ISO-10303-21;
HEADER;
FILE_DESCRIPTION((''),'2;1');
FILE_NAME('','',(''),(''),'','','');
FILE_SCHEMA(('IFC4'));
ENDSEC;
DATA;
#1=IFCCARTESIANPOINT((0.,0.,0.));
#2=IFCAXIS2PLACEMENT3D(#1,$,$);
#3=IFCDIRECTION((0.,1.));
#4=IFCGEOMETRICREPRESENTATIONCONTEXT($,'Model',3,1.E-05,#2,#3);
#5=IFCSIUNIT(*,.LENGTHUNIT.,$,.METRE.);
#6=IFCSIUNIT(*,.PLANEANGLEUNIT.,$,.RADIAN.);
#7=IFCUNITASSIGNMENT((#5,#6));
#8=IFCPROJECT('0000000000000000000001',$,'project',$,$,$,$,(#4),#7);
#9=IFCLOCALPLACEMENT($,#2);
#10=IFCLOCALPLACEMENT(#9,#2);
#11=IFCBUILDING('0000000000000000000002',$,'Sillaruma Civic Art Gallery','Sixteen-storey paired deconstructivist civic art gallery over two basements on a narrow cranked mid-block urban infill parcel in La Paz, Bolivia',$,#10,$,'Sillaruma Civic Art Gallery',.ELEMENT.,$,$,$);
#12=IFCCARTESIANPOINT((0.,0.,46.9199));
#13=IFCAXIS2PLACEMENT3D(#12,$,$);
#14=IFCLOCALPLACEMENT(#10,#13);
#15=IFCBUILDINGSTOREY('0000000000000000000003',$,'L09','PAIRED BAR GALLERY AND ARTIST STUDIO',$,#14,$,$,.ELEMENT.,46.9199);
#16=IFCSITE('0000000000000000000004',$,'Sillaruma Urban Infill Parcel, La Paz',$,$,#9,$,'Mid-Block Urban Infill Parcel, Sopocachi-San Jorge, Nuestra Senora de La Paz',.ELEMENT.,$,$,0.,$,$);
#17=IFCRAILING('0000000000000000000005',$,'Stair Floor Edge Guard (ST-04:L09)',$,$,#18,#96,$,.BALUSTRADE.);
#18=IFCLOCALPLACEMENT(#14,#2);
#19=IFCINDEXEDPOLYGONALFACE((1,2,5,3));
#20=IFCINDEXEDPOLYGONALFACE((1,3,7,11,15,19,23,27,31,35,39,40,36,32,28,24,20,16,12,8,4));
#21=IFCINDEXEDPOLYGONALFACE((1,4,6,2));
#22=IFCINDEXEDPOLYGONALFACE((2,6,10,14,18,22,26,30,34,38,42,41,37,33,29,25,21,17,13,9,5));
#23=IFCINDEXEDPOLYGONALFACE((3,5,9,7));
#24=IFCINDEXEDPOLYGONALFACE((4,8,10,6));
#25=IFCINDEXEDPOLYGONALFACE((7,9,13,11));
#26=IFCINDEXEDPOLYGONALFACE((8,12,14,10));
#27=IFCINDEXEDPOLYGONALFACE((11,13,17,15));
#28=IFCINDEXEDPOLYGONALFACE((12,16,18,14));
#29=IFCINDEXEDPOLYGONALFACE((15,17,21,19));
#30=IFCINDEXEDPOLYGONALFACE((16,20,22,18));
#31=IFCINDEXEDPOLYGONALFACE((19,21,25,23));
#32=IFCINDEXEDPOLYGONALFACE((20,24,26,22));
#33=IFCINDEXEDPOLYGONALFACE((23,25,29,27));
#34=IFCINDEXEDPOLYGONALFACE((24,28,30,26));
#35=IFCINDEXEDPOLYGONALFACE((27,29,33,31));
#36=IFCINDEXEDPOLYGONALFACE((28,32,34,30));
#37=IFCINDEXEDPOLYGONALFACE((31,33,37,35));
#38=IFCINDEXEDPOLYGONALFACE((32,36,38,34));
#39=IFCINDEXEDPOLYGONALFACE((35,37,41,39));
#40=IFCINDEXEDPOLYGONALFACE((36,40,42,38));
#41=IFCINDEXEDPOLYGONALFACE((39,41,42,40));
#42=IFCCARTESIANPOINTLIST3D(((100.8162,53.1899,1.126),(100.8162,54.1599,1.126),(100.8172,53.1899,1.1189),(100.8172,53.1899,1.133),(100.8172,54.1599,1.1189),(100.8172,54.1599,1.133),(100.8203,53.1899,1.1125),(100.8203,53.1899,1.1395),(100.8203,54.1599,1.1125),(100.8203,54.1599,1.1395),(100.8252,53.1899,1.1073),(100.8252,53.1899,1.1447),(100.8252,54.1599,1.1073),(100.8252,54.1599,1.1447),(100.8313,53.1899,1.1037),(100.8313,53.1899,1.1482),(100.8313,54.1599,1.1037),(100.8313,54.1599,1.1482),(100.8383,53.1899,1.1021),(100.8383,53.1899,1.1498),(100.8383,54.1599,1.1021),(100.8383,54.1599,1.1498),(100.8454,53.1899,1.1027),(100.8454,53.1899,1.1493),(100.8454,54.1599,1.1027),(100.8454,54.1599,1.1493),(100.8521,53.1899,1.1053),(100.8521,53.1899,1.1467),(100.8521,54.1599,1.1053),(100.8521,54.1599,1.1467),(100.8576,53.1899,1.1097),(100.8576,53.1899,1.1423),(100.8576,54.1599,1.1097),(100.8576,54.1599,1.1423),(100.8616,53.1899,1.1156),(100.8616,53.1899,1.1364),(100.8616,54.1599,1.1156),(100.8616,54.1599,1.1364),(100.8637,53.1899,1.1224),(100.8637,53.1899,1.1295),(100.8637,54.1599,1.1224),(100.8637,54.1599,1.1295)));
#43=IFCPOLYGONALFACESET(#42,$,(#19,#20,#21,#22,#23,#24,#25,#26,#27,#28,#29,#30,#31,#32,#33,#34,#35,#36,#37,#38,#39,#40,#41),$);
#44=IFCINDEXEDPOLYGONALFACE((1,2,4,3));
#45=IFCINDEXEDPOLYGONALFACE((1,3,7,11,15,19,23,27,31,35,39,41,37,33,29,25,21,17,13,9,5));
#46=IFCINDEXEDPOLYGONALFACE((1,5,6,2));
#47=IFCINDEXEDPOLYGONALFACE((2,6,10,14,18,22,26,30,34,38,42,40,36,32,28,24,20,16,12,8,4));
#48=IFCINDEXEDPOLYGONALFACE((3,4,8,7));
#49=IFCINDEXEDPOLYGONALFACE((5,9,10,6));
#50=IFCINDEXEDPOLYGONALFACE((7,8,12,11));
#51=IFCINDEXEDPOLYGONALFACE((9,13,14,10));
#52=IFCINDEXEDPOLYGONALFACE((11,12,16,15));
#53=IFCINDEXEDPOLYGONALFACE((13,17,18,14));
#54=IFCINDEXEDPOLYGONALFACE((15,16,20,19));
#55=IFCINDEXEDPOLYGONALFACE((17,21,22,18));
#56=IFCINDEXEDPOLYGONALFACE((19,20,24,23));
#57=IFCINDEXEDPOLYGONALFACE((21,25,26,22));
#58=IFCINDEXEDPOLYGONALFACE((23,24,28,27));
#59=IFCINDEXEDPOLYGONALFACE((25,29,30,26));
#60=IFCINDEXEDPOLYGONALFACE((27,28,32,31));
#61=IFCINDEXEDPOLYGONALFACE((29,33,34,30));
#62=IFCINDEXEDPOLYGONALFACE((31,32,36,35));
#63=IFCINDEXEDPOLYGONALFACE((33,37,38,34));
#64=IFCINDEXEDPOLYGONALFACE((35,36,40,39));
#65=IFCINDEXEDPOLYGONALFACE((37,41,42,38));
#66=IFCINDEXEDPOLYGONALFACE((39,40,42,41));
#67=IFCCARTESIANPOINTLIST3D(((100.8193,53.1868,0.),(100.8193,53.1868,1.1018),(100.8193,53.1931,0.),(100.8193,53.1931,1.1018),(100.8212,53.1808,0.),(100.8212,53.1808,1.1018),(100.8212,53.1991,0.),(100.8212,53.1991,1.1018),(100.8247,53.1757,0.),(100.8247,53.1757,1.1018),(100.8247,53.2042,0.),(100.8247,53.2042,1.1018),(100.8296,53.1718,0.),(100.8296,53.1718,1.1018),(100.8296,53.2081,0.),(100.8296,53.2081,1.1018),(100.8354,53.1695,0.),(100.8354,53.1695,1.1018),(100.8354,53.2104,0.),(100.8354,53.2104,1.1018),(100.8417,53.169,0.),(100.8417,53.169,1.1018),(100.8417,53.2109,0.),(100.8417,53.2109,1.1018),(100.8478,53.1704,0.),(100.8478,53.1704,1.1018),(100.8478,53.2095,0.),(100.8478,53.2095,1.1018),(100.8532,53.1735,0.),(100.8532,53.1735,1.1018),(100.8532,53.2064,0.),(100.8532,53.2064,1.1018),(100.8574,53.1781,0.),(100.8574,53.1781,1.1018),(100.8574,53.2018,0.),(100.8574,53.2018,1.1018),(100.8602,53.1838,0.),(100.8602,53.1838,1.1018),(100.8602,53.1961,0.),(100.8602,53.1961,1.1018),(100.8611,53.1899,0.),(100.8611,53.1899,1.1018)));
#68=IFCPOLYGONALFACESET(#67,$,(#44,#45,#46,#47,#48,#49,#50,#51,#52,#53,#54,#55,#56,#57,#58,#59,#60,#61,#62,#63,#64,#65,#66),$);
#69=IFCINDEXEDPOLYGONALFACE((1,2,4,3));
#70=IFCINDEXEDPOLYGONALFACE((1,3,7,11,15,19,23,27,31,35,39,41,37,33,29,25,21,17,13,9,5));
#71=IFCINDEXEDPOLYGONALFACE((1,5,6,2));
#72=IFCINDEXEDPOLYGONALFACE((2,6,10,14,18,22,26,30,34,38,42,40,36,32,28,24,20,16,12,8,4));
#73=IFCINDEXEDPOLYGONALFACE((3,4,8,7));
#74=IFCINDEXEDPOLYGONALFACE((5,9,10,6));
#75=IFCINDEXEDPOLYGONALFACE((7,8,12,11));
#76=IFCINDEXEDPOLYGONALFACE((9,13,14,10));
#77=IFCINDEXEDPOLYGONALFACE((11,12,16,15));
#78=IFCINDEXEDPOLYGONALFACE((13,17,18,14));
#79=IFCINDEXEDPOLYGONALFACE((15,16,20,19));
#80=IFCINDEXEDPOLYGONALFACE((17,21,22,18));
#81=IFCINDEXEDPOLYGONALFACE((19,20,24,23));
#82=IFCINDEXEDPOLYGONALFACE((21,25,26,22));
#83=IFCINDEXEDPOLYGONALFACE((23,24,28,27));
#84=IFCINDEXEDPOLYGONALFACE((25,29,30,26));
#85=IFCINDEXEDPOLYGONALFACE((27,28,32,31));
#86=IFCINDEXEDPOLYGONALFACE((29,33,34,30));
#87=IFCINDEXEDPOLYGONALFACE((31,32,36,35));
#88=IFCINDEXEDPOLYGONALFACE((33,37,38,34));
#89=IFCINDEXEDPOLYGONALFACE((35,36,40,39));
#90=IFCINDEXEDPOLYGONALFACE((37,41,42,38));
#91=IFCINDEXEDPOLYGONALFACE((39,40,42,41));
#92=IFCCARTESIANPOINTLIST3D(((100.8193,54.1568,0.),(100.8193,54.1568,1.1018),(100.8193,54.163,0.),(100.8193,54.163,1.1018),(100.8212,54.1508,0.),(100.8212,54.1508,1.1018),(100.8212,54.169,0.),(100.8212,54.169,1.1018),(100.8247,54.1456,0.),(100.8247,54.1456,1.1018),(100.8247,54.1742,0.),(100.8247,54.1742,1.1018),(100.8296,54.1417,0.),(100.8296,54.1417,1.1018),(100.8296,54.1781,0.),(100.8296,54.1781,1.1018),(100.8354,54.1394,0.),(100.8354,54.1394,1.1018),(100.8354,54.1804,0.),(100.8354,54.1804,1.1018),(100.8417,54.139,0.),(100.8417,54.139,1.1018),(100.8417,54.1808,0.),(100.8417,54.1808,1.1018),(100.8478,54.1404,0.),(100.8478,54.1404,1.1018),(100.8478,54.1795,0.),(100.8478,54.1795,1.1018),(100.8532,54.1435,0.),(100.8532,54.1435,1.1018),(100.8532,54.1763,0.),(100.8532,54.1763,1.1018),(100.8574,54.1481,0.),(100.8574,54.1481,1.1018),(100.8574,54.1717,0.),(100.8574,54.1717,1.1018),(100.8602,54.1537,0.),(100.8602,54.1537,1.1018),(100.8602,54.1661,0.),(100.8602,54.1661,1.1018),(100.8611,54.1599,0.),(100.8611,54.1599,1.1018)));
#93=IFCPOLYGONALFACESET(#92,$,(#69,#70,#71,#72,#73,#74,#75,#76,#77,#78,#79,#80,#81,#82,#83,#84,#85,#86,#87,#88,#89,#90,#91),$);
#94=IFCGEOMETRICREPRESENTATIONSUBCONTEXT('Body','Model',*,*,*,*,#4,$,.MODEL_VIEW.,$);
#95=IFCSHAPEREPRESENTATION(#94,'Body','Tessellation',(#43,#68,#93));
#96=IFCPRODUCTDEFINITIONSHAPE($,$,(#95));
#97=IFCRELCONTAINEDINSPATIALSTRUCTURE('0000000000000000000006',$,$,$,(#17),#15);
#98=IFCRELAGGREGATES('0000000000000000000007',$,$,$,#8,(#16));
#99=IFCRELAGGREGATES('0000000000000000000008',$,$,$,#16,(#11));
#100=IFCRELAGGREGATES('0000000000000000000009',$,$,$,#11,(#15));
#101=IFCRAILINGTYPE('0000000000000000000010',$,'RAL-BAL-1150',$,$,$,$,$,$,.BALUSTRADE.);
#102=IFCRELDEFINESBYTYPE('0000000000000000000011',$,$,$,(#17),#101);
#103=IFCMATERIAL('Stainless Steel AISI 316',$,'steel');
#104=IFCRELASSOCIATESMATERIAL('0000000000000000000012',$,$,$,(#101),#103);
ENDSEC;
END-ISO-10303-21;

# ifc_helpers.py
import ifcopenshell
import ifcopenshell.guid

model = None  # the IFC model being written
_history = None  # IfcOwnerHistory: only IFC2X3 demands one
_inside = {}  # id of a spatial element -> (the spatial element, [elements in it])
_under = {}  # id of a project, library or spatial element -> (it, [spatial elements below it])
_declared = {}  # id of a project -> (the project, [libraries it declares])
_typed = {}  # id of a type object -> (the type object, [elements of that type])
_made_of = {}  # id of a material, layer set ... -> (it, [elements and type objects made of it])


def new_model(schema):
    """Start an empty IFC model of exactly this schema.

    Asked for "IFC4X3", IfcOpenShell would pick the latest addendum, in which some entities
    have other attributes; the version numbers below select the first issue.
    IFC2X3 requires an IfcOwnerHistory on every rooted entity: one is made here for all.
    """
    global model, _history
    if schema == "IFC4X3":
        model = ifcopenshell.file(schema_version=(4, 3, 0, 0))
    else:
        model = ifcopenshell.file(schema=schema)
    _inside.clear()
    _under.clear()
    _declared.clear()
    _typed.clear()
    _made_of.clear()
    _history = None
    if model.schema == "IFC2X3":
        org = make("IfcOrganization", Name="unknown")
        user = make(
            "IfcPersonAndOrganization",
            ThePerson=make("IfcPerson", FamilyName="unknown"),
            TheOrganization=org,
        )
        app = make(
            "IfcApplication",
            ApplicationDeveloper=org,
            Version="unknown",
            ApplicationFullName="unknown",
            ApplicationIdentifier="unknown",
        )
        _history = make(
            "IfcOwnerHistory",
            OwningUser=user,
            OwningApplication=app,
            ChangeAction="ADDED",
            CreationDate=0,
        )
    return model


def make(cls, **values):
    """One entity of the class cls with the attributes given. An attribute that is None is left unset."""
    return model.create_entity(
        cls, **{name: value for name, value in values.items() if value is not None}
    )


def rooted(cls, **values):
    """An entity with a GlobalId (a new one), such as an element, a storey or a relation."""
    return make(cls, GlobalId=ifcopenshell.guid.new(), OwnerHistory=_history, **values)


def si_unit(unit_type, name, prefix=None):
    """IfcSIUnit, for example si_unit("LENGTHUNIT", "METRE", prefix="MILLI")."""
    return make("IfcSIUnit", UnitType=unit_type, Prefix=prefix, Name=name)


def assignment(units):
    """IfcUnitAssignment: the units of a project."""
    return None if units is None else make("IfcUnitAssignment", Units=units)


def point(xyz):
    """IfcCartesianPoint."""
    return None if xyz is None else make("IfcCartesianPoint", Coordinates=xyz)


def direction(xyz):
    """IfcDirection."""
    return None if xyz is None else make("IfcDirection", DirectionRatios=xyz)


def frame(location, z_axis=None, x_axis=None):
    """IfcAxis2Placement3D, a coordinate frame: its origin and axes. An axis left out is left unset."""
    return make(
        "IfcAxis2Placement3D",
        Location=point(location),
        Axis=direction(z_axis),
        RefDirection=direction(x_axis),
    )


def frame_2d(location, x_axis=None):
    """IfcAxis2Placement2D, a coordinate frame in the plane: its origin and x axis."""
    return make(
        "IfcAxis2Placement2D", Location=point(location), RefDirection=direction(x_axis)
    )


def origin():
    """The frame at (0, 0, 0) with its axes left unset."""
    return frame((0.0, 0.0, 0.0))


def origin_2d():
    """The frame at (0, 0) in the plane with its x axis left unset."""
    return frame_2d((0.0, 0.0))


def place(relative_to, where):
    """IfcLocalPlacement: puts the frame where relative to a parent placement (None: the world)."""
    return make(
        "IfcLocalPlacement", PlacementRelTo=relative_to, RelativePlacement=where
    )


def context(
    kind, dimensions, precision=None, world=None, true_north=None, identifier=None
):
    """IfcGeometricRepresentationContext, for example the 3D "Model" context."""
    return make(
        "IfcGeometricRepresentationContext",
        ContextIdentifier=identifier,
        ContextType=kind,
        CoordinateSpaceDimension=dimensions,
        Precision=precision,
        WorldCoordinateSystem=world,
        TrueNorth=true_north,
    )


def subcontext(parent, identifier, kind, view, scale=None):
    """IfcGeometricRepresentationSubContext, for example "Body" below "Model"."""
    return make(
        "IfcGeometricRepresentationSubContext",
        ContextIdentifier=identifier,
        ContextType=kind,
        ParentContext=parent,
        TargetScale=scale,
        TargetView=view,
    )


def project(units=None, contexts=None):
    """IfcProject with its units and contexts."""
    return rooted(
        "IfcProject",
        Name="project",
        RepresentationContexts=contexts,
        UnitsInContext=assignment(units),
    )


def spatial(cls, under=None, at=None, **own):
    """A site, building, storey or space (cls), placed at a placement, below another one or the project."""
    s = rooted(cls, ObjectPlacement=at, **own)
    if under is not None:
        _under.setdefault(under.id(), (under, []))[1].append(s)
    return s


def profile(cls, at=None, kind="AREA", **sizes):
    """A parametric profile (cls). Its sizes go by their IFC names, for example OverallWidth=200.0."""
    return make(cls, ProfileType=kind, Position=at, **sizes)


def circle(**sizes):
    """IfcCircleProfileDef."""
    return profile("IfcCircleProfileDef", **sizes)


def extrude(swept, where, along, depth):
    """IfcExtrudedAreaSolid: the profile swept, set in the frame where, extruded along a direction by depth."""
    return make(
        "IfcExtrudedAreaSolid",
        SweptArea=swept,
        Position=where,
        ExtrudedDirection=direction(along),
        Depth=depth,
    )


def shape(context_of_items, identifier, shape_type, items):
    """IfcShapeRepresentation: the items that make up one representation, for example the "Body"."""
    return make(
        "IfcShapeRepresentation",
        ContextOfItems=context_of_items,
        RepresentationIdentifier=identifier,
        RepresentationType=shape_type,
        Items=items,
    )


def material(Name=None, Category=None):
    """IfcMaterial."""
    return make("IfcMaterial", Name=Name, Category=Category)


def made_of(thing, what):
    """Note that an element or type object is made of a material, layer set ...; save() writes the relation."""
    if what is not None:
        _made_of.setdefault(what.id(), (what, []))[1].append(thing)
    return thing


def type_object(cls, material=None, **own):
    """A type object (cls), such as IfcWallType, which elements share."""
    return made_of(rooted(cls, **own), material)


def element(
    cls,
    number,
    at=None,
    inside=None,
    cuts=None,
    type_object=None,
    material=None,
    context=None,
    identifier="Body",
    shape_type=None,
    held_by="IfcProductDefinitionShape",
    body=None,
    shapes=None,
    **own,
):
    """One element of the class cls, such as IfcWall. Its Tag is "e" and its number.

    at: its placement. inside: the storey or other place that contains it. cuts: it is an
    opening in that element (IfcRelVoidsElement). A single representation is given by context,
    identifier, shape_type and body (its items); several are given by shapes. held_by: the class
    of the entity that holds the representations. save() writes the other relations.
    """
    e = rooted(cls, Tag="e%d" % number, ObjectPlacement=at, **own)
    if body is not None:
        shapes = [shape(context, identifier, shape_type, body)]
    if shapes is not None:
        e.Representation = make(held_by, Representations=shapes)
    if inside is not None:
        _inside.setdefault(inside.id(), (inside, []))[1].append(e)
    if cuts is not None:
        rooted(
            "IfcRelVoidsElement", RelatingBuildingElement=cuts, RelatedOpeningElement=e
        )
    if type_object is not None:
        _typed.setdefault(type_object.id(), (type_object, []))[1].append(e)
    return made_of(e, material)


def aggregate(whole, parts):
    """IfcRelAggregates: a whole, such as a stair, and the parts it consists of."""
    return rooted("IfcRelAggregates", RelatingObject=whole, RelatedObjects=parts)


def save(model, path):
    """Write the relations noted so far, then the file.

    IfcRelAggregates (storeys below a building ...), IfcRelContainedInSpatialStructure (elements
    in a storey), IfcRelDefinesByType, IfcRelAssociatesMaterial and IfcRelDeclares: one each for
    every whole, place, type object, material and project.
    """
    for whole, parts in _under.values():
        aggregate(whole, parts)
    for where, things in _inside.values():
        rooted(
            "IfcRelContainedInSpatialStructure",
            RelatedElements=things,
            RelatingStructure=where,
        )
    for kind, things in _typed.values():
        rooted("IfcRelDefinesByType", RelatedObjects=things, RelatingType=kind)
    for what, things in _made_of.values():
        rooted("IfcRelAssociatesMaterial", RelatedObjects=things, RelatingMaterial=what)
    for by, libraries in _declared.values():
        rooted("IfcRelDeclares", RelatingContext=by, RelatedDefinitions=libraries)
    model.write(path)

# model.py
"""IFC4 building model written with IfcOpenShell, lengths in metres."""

from ifc_helpers import new_model, si_unit, direction, frame, origin, origin_2d, place, context, subcontext, project, spatial, circle, extrude, material, type_object, element, save


model = new_model("IFC4")

# Units and contexts
model_context = context("Model", 3, precision=1e-05, world=origin(), true_north=direction((0.0, 1.0)))
body_context = subcontext(model_context, "Body", "Model", "MODEL_VIEW")
ifc_project = project(units=[si_unit("LENGTHUNIT", "METRE"), si_unit("PLANEANGLEUNIT", "RADIAN")], contexts=[model_context])

# Site, building, storey
site_placement = place(None, origin())
site = spatial("IfcSite", under=ifc_project, at=site_placement, Name="Sillaruma Urban Infill Parcel, La Paz", LongName="Mid-Block Urban Infill Parcel, Sopocachi-San Jorge, Nuestra Senora de La Paz", CompositionType="ELEMENT", RefElevation=0.0)
building_placement = place(site_placement, origin())
building = spatial("IfcBuilding", under=site, at=building_placement, Name="Sillaruma Civic Art Gallery", Description="Sixteen-storey paired deconstructivist civic art gallery over two basements on a narrow cranked mid-block urban infill parcel in La Paz, Bolivia", LongName="Sillaruma Civic Art Gallery", CompositionType="ELEMENT")
storey_placement = place(building_placement, frame((0.0, 0.0, 46.9199)))
storey = spatial("IfcBuildingStorey", under=building, at=storey_placement, Name="L09", Description="PAIRED BAR GALLERY AND ARTIST STUDIO", CompositionType="ELEMENT", Elevation=46.9199)

# Railing
ifc_material_1 = material(Name="Stainless Steel AISI 316", Category="steel")
railing_type_1 = type_object("IfcRailingType", Name="RAL-BAL-1150", PredefinedType="BALUSTRADE", material=ifc_material_1)
railing_1_placement = place(storey_placement, frame((100.8401, 53.1899, 0.0)))
element("IfcRailing", 1, at=railing_1_placement, inside=storey, type_object=railing_type_1, Name="Stair Floor Edge Guard (ST-04:L09)", PredefinedType="BALUSTRADE", context=body_context, shape_type="SweptSolid", body=[
    extrude(circle(Radius=0.0239, at=origin_2d()), frame((0.0, 0.0, 1.126), z_axis=(0.0, 1.0, 0.0), x_axis=(-1.0, 0.0, 0.0)), (0.0, 0.0, 1.0), 0.97),
    extrude(circle(Radius=0.021, at=origin_2d()), origin(), (0.0, 0.0, 1.0), 1.1018),
    extrude(circle(Radius=0.021, at=origin_2d()), frame((0.0, 0.97, 0.0)), (0.0, 0.0, 1.0), 1.1018),
])

save(model, "model.ifc")
